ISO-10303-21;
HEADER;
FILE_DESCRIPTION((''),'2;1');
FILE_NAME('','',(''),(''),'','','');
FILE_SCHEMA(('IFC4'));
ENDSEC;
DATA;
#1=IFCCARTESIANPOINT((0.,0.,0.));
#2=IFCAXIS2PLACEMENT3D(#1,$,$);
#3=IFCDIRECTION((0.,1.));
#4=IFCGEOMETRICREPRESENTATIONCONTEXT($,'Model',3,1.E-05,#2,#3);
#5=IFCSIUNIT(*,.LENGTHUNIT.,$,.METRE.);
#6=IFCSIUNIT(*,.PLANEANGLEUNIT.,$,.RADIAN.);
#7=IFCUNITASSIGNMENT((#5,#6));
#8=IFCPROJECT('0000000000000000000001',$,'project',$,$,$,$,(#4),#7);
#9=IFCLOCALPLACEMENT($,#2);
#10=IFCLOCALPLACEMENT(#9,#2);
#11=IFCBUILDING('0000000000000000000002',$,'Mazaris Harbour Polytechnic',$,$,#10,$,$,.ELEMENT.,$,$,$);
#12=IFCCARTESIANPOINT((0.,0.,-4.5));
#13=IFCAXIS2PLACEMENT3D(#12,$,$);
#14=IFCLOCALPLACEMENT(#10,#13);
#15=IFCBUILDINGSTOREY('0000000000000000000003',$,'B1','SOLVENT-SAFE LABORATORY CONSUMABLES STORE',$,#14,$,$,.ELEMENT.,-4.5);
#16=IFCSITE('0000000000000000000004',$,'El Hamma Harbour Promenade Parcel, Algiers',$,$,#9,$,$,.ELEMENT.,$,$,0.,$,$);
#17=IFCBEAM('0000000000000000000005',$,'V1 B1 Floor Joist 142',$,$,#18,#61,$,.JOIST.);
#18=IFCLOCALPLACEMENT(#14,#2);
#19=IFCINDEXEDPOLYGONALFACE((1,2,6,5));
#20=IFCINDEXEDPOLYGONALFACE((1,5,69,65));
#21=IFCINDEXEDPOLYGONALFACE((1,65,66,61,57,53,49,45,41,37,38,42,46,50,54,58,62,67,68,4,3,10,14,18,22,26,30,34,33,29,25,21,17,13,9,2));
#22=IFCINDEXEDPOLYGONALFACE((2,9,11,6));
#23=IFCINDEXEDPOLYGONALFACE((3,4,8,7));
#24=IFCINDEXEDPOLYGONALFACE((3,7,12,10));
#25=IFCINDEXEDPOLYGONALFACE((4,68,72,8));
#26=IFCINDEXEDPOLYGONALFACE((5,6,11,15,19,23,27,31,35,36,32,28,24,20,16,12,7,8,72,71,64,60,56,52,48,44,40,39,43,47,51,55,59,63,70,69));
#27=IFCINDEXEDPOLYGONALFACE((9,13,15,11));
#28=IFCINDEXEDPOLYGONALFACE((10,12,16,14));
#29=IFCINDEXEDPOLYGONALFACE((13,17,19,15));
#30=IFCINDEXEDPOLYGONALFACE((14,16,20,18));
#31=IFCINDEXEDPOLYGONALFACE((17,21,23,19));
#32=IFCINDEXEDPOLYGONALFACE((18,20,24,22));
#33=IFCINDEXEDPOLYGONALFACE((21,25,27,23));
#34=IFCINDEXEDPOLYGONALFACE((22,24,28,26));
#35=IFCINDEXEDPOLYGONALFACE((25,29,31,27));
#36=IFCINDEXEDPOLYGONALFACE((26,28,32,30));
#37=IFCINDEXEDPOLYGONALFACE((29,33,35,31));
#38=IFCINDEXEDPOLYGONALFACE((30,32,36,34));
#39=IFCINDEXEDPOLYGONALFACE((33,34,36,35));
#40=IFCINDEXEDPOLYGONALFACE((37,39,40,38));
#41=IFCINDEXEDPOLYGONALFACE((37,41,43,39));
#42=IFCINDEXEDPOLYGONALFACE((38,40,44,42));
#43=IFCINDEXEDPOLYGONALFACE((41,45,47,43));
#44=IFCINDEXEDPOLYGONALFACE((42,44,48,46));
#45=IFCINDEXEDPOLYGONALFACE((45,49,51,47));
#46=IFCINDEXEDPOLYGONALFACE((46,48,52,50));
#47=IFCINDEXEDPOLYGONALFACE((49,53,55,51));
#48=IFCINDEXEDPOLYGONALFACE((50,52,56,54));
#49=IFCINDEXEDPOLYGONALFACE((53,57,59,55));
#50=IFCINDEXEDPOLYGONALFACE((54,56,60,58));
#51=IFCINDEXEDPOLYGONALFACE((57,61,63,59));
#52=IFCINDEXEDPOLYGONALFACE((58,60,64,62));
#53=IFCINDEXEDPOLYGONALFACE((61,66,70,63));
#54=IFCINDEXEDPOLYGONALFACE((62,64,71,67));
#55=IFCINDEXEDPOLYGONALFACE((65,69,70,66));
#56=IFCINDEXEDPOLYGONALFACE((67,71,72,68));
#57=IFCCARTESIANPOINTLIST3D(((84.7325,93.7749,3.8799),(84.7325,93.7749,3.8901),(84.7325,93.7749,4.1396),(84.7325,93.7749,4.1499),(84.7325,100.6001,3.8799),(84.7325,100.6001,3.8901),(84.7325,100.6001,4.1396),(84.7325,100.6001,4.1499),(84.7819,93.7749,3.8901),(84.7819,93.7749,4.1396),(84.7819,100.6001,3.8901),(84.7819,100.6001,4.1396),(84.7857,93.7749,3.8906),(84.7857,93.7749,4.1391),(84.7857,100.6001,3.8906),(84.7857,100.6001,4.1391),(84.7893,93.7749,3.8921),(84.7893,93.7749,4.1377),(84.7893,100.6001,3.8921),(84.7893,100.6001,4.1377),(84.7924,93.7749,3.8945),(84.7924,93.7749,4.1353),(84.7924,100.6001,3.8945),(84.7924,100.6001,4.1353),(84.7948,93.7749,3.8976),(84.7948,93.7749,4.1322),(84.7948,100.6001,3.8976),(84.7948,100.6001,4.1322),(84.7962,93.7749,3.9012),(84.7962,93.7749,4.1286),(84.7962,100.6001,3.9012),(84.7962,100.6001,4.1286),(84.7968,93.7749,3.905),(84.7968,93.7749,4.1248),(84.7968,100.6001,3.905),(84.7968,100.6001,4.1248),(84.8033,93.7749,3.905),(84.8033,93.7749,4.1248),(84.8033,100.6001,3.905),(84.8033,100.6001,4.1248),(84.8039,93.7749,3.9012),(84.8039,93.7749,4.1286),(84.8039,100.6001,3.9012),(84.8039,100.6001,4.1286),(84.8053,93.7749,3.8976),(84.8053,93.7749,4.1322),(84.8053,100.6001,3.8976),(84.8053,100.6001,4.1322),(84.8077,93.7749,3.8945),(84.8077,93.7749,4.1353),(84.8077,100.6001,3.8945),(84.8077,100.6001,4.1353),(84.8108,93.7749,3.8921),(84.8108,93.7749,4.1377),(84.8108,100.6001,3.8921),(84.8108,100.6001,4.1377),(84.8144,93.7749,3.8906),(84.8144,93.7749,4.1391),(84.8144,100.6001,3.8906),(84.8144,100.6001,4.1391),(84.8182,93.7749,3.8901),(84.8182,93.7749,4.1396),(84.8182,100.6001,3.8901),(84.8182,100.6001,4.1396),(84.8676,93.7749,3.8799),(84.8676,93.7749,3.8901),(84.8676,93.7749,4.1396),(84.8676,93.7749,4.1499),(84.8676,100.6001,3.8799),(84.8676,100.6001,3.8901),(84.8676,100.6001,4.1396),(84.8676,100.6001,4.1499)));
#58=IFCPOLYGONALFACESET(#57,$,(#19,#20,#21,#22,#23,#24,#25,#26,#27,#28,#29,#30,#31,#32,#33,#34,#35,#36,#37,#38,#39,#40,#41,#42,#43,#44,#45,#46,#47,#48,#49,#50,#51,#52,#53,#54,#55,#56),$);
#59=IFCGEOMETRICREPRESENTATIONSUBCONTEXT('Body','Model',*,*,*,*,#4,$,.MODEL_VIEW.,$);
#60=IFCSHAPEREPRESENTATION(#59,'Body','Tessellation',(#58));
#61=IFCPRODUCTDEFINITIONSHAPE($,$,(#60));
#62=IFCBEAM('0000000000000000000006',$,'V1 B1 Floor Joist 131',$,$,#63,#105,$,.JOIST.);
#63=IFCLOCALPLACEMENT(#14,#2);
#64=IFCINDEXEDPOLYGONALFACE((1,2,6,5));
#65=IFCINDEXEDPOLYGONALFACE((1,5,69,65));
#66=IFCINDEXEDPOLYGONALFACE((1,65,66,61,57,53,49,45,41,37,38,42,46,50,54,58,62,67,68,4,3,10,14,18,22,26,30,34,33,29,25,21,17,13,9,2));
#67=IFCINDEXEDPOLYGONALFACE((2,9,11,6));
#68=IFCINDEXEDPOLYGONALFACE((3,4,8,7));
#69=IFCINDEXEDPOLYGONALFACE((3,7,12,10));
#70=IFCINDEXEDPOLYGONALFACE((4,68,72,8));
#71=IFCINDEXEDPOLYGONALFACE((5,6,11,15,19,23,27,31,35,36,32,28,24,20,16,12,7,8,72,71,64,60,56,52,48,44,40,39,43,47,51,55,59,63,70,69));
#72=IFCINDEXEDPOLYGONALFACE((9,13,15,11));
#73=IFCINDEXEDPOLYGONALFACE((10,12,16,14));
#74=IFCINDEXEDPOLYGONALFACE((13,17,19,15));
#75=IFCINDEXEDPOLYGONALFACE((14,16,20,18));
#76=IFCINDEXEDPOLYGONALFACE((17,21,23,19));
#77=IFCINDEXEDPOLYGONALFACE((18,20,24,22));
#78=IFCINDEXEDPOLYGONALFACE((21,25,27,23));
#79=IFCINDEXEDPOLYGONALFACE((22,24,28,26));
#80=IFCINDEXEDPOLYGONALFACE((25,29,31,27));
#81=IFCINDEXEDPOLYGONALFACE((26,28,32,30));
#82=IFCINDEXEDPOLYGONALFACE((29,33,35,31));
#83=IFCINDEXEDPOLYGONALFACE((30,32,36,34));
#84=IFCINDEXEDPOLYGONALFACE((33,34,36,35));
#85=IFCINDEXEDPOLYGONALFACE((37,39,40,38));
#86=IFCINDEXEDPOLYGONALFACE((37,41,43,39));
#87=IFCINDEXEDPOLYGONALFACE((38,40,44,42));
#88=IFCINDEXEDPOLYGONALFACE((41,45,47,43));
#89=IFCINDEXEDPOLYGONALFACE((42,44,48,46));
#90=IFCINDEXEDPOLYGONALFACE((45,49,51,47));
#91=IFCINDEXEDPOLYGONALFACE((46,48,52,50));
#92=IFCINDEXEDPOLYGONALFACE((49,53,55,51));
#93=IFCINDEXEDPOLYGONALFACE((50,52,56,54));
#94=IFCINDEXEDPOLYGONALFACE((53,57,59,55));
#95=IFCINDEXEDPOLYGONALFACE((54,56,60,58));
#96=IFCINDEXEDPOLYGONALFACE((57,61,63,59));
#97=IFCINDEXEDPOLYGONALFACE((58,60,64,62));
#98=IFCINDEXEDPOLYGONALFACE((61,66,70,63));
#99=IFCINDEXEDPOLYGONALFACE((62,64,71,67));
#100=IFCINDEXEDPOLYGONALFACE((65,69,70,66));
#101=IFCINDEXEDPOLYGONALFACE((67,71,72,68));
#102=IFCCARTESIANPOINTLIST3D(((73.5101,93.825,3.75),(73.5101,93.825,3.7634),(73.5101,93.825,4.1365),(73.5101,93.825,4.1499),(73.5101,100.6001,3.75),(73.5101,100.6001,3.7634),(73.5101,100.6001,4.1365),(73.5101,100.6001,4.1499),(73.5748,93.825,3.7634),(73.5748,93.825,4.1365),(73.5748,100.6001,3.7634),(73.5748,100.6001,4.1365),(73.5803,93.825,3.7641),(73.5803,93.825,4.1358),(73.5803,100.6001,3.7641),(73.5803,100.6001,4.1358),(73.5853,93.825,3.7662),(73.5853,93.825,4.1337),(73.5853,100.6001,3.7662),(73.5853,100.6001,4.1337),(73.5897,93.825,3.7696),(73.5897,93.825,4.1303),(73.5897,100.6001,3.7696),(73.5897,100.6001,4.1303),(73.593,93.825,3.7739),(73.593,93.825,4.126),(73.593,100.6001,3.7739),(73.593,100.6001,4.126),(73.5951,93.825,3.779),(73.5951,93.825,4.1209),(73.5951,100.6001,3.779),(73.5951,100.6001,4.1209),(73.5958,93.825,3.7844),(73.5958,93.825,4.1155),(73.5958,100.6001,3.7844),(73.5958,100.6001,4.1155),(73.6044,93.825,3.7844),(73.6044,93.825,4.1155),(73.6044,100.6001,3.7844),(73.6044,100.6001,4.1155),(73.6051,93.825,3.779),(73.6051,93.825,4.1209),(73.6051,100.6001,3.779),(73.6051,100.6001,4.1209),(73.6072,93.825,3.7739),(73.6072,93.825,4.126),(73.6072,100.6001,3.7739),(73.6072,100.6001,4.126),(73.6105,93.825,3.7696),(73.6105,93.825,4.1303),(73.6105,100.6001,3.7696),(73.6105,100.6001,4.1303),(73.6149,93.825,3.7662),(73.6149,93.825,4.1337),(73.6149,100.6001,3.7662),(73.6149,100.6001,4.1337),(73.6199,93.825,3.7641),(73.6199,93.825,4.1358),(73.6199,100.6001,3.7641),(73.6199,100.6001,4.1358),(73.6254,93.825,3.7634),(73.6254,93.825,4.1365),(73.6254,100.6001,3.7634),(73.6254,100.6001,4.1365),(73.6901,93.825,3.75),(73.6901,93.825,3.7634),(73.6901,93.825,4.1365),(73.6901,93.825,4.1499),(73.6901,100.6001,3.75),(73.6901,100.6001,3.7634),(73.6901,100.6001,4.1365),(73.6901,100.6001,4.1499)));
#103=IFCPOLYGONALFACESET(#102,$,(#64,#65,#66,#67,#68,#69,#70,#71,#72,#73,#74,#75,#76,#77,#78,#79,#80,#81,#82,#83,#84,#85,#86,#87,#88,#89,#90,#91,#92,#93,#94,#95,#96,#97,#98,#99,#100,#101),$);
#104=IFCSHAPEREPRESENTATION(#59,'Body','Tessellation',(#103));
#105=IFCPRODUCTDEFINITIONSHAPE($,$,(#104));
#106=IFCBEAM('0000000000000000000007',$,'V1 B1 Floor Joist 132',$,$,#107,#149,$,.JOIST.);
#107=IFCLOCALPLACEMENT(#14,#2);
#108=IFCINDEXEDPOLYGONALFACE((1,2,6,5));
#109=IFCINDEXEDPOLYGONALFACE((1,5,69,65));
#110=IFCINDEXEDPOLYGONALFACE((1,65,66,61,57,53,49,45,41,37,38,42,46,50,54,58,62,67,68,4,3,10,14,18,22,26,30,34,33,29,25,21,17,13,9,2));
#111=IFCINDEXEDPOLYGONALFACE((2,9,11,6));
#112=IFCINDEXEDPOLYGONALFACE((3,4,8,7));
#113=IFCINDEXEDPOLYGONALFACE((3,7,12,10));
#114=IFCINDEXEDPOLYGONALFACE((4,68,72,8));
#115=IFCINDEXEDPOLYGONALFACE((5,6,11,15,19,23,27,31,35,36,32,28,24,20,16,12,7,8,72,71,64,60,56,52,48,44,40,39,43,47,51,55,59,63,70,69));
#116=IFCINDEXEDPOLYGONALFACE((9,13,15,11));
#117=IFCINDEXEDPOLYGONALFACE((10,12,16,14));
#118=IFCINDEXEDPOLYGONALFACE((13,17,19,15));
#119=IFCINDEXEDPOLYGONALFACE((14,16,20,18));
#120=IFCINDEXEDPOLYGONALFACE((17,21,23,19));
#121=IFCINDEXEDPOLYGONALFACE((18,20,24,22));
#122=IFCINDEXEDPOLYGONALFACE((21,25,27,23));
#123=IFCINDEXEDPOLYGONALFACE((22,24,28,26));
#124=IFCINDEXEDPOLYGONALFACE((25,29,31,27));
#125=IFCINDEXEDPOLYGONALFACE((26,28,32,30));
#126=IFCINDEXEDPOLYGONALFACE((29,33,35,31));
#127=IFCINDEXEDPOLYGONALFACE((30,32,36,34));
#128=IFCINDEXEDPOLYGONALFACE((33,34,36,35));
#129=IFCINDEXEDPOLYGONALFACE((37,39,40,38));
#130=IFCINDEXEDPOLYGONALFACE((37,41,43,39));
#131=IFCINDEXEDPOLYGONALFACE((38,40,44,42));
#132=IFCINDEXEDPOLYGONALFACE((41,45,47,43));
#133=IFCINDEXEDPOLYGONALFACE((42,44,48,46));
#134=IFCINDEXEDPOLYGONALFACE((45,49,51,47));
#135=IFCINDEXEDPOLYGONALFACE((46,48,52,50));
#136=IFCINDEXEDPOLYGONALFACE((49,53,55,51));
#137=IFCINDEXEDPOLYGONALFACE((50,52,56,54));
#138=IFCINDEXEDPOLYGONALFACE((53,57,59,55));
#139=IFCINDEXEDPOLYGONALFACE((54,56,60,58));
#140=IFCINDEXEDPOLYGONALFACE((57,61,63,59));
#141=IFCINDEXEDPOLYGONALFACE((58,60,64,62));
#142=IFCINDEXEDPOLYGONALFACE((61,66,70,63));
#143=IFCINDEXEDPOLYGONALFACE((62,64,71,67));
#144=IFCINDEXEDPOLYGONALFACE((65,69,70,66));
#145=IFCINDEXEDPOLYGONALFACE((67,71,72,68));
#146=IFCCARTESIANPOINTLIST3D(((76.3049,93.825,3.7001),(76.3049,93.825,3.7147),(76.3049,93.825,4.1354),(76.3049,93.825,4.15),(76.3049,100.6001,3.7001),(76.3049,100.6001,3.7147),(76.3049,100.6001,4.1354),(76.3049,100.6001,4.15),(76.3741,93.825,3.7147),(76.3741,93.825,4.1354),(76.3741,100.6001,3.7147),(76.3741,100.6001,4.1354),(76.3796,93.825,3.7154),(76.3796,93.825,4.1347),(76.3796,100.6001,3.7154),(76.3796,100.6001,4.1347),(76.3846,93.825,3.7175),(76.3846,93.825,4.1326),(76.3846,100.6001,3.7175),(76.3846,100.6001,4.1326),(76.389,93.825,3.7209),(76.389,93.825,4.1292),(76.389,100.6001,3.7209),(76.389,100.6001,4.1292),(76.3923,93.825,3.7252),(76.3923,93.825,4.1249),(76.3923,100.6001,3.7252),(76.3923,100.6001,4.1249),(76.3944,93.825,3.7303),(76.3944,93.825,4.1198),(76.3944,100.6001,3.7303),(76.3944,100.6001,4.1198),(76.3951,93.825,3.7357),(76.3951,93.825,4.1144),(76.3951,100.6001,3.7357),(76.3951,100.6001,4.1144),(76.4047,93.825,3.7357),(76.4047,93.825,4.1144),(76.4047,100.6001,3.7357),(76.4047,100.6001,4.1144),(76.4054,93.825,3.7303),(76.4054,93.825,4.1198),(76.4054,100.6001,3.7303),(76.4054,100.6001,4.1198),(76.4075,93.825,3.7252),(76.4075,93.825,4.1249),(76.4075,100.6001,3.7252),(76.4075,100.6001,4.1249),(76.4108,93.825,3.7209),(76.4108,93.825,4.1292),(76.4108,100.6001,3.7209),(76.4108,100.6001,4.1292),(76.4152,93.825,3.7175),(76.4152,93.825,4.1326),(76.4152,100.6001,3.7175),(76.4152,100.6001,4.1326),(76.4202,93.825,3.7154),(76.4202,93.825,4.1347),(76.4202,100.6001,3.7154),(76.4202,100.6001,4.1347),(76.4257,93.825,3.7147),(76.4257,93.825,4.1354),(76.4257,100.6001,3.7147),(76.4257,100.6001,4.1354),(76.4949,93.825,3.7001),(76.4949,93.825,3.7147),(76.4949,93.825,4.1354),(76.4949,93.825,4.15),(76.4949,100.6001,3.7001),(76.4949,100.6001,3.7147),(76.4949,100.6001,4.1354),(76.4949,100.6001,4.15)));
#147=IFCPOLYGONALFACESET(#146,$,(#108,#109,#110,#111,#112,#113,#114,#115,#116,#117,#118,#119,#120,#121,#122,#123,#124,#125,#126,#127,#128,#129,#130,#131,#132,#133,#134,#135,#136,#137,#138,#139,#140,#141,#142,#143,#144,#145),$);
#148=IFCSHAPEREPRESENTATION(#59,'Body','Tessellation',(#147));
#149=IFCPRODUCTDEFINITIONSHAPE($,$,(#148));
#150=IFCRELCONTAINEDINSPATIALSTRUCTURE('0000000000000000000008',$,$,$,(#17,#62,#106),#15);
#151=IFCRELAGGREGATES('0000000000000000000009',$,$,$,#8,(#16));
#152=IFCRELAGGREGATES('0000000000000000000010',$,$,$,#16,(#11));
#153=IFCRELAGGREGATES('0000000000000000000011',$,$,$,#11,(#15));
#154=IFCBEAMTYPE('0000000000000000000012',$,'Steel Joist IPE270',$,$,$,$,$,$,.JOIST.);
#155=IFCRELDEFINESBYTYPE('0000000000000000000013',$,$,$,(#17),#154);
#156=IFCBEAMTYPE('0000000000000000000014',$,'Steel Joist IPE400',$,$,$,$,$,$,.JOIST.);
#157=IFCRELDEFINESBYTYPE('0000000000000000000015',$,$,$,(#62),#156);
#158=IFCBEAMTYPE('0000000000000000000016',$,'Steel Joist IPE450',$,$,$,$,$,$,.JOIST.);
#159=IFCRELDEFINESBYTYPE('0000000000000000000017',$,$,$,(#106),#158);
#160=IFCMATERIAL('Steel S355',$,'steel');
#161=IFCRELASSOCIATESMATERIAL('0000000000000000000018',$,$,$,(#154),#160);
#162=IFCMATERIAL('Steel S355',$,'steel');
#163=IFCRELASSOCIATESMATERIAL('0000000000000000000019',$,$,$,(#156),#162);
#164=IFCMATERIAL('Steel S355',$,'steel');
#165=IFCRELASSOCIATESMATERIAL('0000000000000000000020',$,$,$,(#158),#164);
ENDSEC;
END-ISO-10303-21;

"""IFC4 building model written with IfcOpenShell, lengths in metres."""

from ifc_helpers import new_model, si_unit, direction, frame, origin, origin_2d, place, context, subcontext, project, spatial, i_section, extrude, material, material_profile, profile_set, type_object, element, save


model = new_model("IFC4")

# Units and contexts
model_context = context("Model", 3, precision=1e-05, world=origin(), true_north=direction((0.0, 1.0)))
body_context = subcontext(model_context, "Body", "Model", "MODEL_VIEW")
ifc_project = project(units=[si_unit("LENGTHUNIT", "METRE"), si_unit("PLANEANGLEUNIT", "RADIAN")], contexts=[model_context])

# Site, building, storey
site_placement = place(None, origin())
site = spatial("IfcSite", under=ifc_project, at=site_placement, Name="El Hamma Harbour Promenade Parcel, Algiers", CompositionType="ELEMENT", RefElevation=0.0)
building_placement = place(site_placement, origin())
building = spatial("IfcBuilding", under=site, at=building_placement, Name="Mazaris Harbour Polytechnic", CompositionType="ELEMENT")
storey_placement = place(building_placement, frame((0.0, 0.0, -4.5)))
storey = spatial("IfcBuildingStorey", under=building, at=storey_placement, Name="B1", Description="SOLVENT-SAFE LABORATORY CONSUMABLES STORE", CompositionType="ELEMENT", Elevation=-4.5)

# Beams
ifc_material_1 = material(Name="Steel S355", Category="steel")
ifc_material_profile_1 = material_profile(ifc_material_1, i_section(OverallWidth=0.135, OverallDepth=0.27, WebThickness=0.0066, FlangeThickness=0.0103, FilletRadius=0.0149, at=origin_2d()), Name="IPE 270")
ifc_profile_set_1 = profile_set([ifc_material_profile_1], Name="Steel S355")
beam_type_1 = type_object("IfcBeamType", Name="Steel Joist IPE270", PredefinedType="JOIST", material=ifc_profile_set_1)
beam_1_placement = place(storey_placement, frame((84.8, 93.7749, 4.0149), z_axis=(0.0, 1.0, 0.0), x_axis=(-1.0, 0.0, 0.0)))
element("IfcBeam", 1, at=beam_1_placement, inside=storey, type_object=beam_type_1, Name="V1 B1 Floor Joist 142", PredefinedType="JOIST", context=body_context, shape_type="SweptSolid", body=[
    extrude(i_section(OverallWidth=0.135, OverallDepth=0.27, WebThickness=0.0066, FlangeThickness=0.0103, FilletRadius=0.0149, at=origin_2d()), origin(), (0.0, 0.0, 1.0), 6.8252),
])
ifc_material_2 = material(Name="Steel S355", Category="steel")
ifc_material_profile_2 = material_profile(ifc_material_2, i_section(OverallWidth=0.1799, OverallDepth=0.3999, WebThickness=0.0085, FlangeThickness=0.0134, FilletRadius=0.021, at=origin_2d()), Name="IPE 400")
ifc_profile_set_2 = profile_set([ifc_material_profile_2], Name="Steel S355")
beam_type_2 = type_object("IfcBeamType", Name="Steel Joist IPE400", PredefinedType="JOIST", material=ifc_profile_set_2)
beam_2_placement = place(storey_placement, frame((73.6001, 93.825, 3.95), z_axis=(0.0, 1.0, 0.0), x_axis=(-1.0, 0.0, 0.0)))
element("IfcBeam", 2, at=beam_2_placement, inside=storey, type_object=beam_type_2, Name="V1 B1 Floor Joist 131", PredefinedType="JOIST", context=body_context, shape_type="SweptSolid", body=[
    extrude(i_section(OverallWidth=0.1799, OverallDepth=0.3999, WebThickness=0.0085, FlangeThickness=0.0134, FilletRadius=0.021, at=origin_2d()), origin(), (0.0, 0.0, 1.0), 6.7751),
])
ifc_material_3 = material(Name="Steel S355", Category="steel")
ifc_material_profile_3 = material_profile(ifc_material_3, i_section(OverallWidth=0.1899, OverallDepth=0.45, WebThickness=0.0095, FlangeThickness=0.0146, FilletRadius=0.021, at=origin_2d()), Name="IPE 450")
ifc_profile_set_3 = profile_set([ifc_material_profile_3], Name="Steel S355")
beam_type_3 = type_object("IfcBeamType", Name="Steel Joist IPE450", PredefinedType="JOIST", material=ifc_profile_set_3)
beam_3_placement = place(storey_placement, frame((76.3999, 93.825, 3.925), z_axis=(0.0, 1.0, 0.0), x_axis=(-1.0, 0.0, 0.0)))
element("IfcBeam", 3, at=beam_3_placement, inside=storey, type_object=beam_type_3, Name="V1 B1 Floor Joist 132", PredefinedType="JOIST", context=body_context, shape_type="SweptSolid", body=[
    extrude(i_section(OverallWidth=0.1899, OverallDepth=0.45, WebThickness=0.0095, FlangeThickness=0.0146, FilletRadius=0.021, at=origin_2d()), origin(), (0.0, 0.0, 1.0), 6.7751),
])

save(model, "model.ifc")
